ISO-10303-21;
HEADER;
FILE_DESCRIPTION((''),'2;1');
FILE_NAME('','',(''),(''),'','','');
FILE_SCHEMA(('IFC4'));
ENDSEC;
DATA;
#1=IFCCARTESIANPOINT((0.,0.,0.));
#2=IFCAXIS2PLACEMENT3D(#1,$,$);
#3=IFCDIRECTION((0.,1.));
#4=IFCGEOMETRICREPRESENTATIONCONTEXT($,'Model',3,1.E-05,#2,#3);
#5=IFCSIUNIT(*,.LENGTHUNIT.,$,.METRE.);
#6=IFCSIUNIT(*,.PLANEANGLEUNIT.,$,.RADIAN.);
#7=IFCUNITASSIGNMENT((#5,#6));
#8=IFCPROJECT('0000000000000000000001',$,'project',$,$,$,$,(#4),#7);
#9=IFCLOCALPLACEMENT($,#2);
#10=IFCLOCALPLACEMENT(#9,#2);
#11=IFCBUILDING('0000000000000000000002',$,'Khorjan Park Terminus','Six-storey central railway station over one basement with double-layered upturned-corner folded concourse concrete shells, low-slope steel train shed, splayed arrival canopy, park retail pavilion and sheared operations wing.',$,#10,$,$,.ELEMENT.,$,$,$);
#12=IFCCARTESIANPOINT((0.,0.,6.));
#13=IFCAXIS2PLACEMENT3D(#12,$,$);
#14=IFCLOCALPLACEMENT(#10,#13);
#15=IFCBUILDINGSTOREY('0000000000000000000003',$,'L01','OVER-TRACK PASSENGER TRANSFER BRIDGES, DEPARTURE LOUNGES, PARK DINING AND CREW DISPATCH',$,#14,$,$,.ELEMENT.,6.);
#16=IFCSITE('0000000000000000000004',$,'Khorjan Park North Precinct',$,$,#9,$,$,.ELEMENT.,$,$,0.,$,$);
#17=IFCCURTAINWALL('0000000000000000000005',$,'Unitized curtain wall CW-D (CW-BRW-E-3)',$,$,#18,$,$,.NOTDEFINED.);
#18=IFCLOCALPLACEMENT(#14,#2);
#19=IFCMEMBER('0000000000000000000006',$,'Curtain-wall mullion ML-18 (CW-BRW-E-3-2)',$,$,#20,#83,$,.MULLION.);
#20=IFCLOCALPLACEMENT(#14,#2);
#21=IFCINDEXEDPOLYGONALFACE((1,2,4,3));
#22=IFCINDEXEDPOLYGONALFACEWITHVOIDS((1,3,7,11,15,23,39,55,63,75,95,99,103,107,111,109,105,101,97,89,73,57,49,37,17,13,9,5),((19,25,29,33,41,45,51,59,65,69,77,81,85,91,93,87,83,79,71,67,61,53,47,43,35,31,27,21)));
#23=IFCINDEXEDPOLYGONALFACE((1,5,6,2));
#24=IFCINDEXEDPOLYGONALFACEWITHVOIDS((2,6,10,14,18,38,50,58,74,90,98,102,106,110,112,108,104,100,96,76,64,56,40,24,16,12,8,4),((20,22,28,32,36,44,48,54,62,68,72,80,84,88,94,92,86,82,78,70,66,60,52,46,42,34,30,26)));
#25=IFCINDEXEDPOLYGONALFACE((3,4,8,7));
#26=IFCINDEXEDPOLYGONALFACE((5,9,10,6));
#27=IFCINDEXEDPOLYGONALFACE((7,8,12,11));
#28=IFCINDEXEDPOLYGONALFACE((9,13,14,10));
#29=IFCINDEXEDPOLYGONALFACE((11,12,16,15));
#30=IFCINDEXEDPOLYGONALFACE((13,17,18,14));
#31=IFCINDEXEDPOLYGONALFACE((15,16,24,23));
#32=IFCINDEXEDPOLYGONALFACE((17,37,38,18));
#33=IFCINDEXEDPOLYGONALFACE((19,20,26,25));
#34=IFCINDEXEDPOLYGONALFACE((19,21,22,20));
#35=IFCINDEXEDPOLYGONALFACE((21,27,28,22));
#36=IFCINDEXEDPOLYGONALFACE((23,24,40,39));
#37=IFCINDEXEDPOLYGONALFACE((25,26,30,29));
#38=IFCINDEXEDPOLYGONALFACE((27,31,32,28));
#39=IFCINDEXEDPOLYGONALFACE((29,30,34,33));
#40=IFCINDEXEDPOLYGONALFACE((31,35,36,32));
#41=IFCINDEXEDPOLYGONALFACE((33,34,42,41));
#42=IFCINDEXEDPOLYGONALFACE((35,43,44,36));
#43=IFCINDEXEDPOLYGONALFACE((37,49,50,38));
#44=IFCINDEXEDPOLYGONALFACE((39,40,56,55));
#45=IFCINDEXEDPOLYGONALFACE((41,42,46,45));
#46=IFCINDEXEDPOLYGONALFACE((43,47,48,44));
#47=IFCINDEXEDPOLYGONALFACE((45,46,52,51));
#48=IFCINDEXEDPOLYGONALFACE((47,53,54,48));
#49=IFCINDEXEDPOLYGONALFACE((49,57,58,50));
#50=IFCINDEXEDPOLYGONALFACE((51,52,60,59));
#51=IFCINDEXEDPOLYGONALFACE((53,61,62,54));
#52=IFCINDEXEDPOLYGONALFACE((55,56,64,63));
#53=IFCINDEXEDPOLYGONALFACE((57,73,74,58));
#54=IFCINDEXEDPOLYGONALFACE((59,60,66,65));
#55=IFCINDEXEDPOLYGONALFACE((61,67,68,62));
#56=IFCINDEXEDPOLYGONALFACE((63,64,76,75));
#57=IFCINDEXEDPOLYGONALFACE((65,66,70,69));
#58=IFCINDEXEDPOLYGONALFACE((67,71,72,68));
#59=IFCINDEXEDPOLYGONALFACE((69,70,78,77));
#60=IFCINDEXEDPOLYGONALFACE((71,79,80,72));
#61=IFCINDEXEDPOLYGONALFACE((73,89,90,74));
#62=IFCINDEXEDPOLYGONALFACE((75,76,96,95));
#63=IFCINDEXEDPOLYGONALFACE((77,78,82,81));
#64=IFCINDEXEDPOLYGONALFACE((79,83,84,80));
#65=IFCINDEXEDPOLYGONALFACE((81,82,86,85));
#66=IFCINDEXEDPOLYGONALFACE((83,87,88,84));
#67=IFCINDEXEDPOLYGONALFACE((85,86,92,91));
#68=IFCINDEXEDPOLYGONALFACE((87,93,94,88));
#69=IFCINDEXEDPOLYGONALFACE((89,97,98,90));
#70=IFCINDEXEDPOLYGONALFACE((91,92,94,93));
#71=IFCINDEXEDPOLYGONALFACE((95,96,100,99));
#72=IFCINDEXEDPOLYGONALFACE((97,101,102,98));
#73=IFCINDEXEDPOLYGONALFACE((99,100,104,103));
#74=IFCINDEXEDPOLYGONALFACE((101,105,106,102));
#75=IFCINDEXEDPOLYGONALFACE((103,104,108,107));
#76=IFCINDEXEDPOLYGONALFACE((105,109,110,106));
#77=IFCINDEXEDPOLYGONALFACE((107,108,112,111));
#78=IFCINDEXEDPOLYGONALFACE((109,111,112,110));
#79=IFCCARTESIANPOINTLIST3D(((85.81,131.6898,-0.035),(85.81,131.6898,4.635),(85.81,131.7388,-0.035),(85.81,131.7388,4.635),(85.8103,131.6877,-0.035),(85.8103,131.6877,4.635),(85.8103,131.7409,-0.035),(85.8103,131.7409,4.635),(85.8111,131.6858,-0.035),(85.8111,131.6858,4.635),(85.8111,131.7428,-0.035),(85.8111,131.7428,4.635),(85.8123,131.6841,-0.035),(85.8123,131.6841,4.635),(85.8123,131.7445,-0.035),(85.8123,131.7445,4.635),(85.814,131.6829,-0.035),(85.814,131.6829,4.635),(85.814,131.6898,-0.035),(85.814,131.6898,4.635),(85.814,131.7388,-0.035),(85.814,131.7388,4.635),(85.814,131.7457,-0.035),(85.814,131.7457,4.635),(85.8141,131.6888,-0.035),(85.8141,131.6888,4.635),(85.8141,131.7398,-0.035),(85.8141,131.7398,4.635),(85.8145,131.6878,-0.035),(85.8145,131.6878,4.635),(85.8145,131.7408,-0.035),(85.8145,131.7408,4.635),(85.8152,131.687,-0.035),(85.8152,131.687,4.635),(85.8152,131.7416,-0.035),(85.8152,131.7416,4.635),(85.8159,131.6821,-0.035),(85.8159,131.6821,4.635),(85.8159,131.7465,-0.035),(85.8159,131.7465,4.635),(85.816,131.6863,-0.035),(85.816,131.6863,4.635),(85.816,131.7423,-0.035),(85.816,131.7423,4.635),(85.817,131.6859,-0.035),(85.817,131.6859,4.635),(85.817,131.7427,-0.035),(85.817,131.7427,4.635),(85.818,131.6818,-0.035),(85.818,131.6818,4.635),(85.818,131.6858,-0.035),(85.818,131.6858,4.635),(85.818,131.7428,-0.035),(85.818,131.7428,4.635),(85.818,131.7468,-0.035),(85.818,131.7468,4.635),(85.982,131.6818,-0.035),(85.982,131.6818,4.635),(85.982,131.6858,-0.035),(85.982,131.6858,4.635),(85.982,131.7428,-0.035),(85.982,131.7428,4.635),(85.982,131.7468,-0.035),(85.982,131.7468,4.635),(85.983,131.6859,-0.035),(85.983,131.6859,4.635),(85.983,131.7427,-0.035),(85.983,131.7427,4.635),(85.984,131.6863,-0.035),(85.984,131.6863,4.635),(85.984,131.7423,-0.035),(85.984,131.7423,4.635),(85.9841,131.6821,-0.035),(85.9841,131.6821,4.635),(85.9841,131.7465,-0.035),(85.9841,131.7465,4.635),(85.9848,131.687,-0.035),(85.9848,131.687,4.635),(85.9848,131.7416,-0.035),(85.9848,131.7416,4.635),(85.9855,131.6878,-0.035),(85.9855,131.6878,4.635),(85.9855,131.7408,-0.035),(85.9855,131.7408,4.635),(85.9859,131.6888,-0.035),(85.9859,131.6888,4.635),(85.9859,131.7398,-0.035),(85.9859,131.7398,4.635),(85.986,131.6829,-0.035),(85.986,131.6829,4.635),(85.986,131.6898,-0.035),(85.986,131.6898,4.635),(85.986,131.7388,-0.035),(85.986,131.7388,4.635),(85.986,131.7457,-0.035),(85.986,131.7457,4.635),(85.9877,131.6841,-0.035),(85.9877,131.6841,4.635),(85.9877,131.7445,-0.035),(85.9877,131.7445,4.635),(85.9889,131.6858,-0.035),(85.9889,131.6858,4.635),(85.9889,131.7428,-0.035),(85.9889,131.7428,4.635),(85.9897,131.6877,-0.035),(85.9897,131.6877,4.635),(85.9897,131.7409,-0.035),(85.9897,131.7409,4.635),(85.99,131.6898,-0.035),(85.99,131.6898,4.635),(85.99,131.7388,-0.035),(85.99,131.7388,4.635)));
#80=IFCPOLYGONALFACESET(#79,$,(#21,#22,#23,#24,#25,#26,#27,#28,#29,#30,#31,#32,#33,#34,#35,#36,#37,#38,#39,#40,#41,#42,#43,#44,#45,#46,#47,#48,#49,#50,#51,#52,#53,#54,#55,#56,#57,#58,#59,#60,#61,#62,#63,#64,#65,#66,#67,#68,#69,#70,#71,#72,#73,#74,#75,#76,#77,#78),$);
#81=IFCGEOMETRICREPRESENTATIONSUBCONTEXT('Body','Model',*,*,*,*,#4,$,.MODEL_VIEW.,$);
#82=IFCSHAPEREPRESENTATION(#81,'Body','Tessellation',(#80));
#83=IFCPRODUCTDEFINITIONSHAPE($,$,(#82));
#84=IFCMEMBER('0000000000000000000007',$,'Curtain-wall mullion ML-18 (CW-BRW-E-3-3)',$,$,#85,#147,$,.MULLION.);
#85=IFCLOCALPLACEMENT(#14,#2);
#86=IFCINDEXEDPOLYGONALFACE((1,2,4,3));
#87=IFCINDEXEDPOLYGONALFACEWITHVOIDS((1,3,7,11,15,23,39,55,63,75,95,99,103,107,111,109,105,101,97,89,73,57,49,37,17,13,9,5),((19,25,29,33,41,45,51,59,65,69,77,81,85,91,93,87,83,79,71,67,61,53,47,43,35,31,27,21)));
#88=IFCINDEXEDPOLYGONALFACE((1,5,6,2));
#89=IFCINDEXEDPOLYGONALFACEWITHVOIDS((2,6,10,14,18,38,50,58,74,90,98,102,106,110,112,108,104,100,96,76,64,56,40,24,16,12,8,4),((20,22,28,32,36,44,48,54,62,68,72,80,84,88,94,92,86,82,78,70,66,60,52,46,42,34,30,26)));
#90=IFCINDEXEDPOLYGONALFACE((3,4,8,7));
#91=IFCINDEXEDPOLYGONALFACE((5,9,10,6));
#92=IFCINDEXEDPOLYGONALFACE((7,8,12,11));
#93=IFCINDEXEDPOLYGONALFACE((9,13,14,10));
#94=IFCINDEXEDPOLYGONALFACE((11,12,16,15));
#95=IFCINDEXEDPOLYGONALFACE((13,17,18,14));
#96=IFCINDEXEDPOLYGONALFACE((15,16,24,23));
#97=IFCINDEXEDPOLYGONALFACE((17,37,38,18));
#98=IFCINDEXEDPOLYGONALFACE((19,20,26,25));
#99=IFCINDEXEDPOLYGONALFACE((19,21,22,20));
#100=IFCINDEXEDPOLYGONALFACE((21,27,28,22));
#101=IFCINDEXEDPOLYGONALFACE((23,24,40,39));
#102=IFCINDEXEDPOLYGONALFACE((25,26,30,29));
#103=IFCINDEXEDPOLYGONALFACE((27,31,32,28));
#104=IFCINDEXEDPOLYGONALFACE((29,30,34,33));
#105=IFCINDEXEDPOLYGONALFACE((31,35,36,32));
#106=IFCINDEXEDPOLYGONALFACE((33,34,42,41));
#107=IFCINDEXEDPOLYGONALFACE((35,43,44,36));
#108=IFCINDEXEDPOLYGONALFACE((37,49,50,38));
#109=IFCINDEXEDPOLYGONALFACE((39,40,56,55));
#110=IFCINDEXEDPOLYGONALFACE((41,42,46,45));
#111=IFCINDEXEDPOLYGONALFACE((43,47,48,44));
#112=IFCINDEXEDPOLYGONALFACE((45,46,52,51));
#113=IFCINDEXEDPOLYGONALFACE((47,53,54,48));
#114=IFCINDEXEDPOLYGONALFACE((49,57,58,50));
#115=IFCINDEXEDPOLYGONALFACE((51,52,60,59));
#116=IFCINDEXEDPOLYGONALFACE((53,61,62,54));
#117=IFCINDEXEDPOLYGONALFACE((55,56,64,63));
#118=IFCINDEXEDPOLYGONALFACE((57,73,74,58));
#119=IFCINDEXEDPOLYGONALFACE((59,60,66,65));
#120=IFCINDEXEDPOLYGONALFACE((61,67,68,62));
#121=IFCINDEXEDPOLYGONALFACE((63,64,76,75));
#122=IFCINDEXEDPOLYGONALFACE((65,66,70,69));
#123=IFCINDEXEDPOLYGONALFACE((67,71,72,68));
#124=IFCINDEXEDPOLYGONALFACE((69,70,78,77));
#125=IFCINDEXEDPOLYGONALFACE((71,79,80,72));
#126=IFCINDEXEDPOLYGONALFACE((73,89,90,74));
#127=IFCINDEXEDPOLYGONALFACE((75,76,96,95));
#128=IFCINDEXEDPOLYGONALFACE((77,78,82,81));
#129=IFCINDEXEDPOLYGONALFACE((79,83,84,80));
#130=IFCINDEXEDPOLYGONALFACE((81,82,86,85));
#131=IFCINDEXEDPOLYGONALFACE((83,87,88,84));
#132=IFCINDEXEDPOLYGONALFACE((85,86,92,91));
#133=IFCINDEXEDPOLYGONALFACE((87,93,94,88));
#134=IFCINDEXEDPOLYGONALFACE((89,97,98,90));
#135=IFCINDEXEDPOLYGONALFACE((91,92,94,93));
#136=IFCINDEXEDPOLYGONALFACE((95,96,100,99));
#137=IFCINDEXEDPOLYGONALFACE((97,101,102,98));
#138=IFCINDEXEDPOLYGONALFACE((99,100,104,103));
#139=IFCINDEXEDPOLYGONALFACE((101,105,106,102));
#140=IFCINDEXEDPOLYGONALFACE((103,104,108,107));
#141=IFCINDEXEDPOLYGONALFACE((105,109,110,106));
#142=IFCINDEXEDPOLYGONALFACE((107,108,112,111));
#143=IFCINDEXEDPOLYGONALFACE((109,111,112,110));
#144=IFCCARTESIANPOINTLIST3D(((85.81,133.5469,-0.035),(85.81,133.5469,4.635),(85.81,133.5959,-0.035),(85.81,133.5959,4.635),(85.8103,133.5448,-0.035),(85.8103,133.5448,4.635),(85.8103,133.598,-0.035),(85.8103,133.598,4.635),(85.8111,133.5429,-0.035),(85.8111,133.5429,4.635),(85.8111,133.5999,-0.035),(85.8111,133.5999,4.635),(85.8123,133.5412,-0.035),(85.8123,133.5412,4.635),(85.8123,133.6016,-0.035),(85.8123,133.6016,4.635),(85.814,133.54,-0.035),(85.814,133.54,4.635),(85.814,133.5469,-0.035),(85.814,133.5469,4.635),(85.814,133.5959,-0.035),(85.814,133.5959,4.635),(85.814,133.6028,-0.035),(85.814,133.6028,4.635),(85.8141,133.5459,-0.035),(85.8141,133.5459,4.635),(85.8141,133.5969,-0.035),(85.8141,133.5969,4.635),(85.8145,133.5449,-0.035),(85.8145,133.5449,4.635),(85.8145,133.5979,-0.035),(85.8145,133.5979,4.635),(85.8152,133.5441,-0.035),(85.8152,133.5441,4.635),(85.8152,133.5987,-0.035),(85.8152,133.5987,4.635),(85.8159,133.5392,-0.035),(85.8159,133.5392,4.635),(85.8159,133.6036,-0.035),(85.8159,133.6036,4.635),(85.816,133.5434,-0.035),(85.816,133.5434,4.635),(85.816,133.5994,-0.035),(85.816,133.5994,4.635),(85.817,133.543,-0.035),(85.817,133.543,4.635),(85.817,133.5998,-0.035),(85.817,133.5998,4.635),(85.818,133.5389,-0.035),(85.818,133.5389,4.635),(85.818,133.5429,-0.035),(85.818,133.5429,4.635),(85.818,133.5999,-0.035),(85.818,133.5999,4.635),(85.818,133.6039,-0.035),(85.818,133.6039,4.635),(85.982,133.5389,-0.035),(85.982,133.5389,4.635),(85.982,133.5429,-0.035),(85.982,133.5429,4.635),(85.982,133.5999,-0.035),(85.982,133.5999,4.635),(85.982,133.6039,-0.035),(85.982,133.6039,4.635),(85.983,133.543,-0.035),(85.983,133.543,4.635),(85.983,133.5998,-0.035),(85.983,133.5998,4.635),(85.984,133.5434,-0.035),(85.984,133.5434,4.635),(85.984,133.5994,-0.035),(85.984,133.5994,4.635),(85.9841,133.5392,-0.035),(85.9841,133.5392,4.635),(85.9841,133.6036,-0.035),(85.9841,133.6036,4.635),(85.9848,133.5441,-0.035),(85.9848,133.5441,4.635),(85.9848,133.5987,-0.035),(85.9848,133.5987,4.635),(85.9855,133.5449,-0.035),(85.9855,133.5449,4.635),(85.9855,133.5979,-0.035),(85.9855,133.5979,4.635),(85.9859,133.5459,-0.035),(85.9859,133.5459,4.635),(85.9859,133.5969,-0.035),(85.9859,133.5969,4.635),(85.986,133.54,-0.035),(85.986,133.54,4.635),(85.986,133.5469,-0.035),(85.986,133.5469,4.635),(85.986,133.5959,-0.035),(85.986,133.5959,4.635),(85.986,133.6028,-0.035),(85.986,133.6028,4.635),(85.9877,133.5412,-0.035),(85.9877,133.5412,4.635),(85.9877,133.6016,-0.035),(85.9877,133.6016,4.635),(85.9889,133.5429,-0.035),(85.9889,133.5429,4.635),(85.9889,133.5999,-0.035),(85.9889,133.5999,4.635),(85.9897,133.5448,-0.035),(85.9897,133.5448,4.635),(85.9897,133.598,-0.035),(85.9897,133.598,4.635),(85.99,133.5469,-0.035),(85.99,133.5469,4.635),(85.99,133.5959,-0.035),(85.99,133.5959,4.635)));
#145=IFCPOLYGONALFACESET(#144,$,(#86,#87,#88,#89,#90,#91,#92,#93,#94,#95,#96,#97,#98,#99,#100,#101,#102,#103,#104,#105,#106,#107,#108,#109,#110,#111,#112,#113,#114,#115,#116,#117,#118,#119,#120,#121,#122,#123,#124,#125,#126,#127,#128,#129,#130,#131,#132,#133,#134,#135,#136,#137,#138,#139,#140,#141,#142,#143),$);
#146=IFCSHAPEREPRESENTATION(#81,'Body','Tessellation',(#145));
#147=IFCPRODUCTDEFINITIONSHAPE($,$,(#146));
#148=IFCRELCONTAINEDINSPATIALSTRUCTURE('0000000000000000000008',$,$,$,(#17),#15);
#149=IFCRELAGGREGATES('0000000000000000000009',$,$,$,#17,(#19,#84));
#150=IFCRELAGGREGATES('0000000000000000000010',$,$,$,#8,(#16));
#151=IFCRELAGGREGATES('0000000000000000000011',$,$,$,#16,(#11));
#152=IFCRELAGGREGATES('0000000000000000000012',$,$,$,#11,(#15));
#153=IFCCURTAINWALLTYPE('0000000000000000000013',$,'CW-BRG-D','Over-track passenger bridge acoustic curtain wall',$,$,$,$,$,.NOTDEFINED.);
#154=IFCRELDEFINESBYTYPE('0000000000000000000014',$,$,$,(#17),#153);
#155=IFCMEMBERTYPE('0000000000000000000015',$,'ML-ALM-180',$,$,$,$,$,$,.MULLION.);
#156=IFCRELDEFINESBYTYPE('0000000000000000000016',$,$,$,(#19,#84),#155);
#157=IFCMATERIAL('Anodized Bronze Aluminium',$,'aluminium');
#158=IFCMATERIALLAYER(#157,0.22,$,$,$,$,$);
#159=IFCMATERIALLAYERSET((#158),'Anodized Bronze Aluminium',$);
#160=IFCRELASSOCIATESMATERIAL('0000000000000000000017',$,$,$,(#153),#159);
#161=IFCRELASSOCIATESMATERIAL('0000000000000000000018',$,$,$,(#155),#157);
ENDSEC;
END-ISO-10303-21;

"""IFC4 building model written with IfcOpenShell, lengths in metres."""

from ifc_helpers import new_model, si_unit, direction, frame, origin, origin_2d, place, context, subcontext, project, spatial, hollow_rectangle, extrude, material, layer, layer_set, material_profile, profile_set, type_object, element, aggregate, save


model = new_model("IFC4")

# Units and contexts
model_context = context("Model", 3, precision=1e-05, world=origin(), true_north=direction((0.0, 1.0)))
body_context = subcontext(model_context, "Body", "Model", "MODEL_VIEW")
ifc_project = project(units=[si_unit("LENGTHUNIT", "METRE"), si_unit("PLANEANGLEUNIT", "RADIAN")], contexts=[model_context])

# Site, building, storey
site_placement = place(None, origin())
site = spatial("IfcSite", under=ifc_project, at=site_placement, Name="Khorjan Park North Precinct", CompositionType="ELEMENT", RefElevation=0.0)
building_placement = place(site_placement, origin())
building = spatial("IfcBuilding", under=site, at=building_placement, Name="Khorjan Park Terminus", Description="Six-storey central railway station over one basement with double-layered upturned-corner folded concourse concrete shells, low-slope steel train shed, splayed arrival canopy, park retail pavilion and sheared operations wing.", CompositionType="ELEMENT")
storey_placement = place(building_placement, frame((0.0, 0.0, 6.0)))
storey = spatial("IfcBuildingStorey", under=building, at=storey_placement, Name="L01", Description="OVER-TRACK PASSENGER TRANSFER BRIDGES, DEPARTURE LOUNGES, PARK DINING AND CREW DISPATCH", CompositionType="ELEMENT", Elevation=6.0)

# Shared definitions
ifc_material_1 = material(Name="Anodized Bronze Aluminium", Category="aluminium")
ifc_layer_1 = layer(ifc_material_1, 0.22)
ifc_layer_set_1 = layer_set([ifc_layer_1], Name="Anodized Bronze Aluminium")
curtain_wall_type = type_object("IfcCurtainWallType", Name="CW-BRG-D", Description="Over-track passenger bridge acoustic curtain wall", PredefinedType="NOTDEFINED", material=ifc_layer_set_1)
ifc_material_profile_1 = material_profile(ifc_material_1, hollow_rectangle(XDim=0.065, YDim=0.18, WallThickness=0.004, InnerFilletRadius=0.004, OuterFilletRadius=0.008, at=origin_2d()), Name="ALM 65x180x4")
ifc_profile_set_1 = profile_set([ifc_material_profile_1], Name="Anodized Bronze Aluminium")
member_type_1 = type_object("IfcMemberType", Name="ML-ALM-180", PredefinedType="MULLION", material=ifc_profile_set_1)

# Curtain wall, members
curtain_wall_1_placement = place(storey_placement, origin())
curtain_wall_1 = element("IfcCurtainWall", 1, at=curtain_wall_1_placement, inside=storey, type_object=curtain_wall_type, Name="Unitized curtain wall CW-D (CW-BRW-E-3)", PredefinedType="NOTDEFINED")
member_1_placement = place(storey_placement, frame((85.9, 131.7143, -0.035), z_axis=(0.0, 0.0, 1.0), x_axis=(0.0, 1.0, 0.0)))
member_1 = element("IfcMember", 2, at=member_1_placement, type_object=member_type_1, Name="Curtain-wall mullion ML-18 (CW-BRW-E-3-2)", PredefinedType="MULLION", context=body_context, shape_type="SweptSolid", body=[
    extrude(hollow_rectangle(XDim=0.065, YDim=0.18, WallThickness=0.004, InnerFilletRadius=0.004, OuterFilletRadius=0.008, at=origin_2d()), origin(), (0.0, 0.0, 1.0), 4.67),
])
member_2_placement = place(storey_placement, frame((85.9, 133.5714, -0.035), z_axis=(0.0, 0.0, 1.0), x_axis=(0.0, 1.0, 0.0)))
member_2 = element("IfcMember", 3, at=member_2_placement, type_object=member_type_1, Name="Curtain-wall mullion ML-18 (CW-BRW-E-3-3)", PredefinedType="MULLION", context=body_context, shape_type="SweptSolid", body=[
    extrude(hollow_rectangle(XDim=0.065, YDim=0.18, WallThickness=0.004, InnerFilletRadius=0.004, OuterFilletRadius=0.008, at=origin_2d()), origin(), (0.0, 0.0, 1.0), 4.67),
])

aggregate(curtain_wall_1, [member_1, member_2])

save(model, "model.ifc")
